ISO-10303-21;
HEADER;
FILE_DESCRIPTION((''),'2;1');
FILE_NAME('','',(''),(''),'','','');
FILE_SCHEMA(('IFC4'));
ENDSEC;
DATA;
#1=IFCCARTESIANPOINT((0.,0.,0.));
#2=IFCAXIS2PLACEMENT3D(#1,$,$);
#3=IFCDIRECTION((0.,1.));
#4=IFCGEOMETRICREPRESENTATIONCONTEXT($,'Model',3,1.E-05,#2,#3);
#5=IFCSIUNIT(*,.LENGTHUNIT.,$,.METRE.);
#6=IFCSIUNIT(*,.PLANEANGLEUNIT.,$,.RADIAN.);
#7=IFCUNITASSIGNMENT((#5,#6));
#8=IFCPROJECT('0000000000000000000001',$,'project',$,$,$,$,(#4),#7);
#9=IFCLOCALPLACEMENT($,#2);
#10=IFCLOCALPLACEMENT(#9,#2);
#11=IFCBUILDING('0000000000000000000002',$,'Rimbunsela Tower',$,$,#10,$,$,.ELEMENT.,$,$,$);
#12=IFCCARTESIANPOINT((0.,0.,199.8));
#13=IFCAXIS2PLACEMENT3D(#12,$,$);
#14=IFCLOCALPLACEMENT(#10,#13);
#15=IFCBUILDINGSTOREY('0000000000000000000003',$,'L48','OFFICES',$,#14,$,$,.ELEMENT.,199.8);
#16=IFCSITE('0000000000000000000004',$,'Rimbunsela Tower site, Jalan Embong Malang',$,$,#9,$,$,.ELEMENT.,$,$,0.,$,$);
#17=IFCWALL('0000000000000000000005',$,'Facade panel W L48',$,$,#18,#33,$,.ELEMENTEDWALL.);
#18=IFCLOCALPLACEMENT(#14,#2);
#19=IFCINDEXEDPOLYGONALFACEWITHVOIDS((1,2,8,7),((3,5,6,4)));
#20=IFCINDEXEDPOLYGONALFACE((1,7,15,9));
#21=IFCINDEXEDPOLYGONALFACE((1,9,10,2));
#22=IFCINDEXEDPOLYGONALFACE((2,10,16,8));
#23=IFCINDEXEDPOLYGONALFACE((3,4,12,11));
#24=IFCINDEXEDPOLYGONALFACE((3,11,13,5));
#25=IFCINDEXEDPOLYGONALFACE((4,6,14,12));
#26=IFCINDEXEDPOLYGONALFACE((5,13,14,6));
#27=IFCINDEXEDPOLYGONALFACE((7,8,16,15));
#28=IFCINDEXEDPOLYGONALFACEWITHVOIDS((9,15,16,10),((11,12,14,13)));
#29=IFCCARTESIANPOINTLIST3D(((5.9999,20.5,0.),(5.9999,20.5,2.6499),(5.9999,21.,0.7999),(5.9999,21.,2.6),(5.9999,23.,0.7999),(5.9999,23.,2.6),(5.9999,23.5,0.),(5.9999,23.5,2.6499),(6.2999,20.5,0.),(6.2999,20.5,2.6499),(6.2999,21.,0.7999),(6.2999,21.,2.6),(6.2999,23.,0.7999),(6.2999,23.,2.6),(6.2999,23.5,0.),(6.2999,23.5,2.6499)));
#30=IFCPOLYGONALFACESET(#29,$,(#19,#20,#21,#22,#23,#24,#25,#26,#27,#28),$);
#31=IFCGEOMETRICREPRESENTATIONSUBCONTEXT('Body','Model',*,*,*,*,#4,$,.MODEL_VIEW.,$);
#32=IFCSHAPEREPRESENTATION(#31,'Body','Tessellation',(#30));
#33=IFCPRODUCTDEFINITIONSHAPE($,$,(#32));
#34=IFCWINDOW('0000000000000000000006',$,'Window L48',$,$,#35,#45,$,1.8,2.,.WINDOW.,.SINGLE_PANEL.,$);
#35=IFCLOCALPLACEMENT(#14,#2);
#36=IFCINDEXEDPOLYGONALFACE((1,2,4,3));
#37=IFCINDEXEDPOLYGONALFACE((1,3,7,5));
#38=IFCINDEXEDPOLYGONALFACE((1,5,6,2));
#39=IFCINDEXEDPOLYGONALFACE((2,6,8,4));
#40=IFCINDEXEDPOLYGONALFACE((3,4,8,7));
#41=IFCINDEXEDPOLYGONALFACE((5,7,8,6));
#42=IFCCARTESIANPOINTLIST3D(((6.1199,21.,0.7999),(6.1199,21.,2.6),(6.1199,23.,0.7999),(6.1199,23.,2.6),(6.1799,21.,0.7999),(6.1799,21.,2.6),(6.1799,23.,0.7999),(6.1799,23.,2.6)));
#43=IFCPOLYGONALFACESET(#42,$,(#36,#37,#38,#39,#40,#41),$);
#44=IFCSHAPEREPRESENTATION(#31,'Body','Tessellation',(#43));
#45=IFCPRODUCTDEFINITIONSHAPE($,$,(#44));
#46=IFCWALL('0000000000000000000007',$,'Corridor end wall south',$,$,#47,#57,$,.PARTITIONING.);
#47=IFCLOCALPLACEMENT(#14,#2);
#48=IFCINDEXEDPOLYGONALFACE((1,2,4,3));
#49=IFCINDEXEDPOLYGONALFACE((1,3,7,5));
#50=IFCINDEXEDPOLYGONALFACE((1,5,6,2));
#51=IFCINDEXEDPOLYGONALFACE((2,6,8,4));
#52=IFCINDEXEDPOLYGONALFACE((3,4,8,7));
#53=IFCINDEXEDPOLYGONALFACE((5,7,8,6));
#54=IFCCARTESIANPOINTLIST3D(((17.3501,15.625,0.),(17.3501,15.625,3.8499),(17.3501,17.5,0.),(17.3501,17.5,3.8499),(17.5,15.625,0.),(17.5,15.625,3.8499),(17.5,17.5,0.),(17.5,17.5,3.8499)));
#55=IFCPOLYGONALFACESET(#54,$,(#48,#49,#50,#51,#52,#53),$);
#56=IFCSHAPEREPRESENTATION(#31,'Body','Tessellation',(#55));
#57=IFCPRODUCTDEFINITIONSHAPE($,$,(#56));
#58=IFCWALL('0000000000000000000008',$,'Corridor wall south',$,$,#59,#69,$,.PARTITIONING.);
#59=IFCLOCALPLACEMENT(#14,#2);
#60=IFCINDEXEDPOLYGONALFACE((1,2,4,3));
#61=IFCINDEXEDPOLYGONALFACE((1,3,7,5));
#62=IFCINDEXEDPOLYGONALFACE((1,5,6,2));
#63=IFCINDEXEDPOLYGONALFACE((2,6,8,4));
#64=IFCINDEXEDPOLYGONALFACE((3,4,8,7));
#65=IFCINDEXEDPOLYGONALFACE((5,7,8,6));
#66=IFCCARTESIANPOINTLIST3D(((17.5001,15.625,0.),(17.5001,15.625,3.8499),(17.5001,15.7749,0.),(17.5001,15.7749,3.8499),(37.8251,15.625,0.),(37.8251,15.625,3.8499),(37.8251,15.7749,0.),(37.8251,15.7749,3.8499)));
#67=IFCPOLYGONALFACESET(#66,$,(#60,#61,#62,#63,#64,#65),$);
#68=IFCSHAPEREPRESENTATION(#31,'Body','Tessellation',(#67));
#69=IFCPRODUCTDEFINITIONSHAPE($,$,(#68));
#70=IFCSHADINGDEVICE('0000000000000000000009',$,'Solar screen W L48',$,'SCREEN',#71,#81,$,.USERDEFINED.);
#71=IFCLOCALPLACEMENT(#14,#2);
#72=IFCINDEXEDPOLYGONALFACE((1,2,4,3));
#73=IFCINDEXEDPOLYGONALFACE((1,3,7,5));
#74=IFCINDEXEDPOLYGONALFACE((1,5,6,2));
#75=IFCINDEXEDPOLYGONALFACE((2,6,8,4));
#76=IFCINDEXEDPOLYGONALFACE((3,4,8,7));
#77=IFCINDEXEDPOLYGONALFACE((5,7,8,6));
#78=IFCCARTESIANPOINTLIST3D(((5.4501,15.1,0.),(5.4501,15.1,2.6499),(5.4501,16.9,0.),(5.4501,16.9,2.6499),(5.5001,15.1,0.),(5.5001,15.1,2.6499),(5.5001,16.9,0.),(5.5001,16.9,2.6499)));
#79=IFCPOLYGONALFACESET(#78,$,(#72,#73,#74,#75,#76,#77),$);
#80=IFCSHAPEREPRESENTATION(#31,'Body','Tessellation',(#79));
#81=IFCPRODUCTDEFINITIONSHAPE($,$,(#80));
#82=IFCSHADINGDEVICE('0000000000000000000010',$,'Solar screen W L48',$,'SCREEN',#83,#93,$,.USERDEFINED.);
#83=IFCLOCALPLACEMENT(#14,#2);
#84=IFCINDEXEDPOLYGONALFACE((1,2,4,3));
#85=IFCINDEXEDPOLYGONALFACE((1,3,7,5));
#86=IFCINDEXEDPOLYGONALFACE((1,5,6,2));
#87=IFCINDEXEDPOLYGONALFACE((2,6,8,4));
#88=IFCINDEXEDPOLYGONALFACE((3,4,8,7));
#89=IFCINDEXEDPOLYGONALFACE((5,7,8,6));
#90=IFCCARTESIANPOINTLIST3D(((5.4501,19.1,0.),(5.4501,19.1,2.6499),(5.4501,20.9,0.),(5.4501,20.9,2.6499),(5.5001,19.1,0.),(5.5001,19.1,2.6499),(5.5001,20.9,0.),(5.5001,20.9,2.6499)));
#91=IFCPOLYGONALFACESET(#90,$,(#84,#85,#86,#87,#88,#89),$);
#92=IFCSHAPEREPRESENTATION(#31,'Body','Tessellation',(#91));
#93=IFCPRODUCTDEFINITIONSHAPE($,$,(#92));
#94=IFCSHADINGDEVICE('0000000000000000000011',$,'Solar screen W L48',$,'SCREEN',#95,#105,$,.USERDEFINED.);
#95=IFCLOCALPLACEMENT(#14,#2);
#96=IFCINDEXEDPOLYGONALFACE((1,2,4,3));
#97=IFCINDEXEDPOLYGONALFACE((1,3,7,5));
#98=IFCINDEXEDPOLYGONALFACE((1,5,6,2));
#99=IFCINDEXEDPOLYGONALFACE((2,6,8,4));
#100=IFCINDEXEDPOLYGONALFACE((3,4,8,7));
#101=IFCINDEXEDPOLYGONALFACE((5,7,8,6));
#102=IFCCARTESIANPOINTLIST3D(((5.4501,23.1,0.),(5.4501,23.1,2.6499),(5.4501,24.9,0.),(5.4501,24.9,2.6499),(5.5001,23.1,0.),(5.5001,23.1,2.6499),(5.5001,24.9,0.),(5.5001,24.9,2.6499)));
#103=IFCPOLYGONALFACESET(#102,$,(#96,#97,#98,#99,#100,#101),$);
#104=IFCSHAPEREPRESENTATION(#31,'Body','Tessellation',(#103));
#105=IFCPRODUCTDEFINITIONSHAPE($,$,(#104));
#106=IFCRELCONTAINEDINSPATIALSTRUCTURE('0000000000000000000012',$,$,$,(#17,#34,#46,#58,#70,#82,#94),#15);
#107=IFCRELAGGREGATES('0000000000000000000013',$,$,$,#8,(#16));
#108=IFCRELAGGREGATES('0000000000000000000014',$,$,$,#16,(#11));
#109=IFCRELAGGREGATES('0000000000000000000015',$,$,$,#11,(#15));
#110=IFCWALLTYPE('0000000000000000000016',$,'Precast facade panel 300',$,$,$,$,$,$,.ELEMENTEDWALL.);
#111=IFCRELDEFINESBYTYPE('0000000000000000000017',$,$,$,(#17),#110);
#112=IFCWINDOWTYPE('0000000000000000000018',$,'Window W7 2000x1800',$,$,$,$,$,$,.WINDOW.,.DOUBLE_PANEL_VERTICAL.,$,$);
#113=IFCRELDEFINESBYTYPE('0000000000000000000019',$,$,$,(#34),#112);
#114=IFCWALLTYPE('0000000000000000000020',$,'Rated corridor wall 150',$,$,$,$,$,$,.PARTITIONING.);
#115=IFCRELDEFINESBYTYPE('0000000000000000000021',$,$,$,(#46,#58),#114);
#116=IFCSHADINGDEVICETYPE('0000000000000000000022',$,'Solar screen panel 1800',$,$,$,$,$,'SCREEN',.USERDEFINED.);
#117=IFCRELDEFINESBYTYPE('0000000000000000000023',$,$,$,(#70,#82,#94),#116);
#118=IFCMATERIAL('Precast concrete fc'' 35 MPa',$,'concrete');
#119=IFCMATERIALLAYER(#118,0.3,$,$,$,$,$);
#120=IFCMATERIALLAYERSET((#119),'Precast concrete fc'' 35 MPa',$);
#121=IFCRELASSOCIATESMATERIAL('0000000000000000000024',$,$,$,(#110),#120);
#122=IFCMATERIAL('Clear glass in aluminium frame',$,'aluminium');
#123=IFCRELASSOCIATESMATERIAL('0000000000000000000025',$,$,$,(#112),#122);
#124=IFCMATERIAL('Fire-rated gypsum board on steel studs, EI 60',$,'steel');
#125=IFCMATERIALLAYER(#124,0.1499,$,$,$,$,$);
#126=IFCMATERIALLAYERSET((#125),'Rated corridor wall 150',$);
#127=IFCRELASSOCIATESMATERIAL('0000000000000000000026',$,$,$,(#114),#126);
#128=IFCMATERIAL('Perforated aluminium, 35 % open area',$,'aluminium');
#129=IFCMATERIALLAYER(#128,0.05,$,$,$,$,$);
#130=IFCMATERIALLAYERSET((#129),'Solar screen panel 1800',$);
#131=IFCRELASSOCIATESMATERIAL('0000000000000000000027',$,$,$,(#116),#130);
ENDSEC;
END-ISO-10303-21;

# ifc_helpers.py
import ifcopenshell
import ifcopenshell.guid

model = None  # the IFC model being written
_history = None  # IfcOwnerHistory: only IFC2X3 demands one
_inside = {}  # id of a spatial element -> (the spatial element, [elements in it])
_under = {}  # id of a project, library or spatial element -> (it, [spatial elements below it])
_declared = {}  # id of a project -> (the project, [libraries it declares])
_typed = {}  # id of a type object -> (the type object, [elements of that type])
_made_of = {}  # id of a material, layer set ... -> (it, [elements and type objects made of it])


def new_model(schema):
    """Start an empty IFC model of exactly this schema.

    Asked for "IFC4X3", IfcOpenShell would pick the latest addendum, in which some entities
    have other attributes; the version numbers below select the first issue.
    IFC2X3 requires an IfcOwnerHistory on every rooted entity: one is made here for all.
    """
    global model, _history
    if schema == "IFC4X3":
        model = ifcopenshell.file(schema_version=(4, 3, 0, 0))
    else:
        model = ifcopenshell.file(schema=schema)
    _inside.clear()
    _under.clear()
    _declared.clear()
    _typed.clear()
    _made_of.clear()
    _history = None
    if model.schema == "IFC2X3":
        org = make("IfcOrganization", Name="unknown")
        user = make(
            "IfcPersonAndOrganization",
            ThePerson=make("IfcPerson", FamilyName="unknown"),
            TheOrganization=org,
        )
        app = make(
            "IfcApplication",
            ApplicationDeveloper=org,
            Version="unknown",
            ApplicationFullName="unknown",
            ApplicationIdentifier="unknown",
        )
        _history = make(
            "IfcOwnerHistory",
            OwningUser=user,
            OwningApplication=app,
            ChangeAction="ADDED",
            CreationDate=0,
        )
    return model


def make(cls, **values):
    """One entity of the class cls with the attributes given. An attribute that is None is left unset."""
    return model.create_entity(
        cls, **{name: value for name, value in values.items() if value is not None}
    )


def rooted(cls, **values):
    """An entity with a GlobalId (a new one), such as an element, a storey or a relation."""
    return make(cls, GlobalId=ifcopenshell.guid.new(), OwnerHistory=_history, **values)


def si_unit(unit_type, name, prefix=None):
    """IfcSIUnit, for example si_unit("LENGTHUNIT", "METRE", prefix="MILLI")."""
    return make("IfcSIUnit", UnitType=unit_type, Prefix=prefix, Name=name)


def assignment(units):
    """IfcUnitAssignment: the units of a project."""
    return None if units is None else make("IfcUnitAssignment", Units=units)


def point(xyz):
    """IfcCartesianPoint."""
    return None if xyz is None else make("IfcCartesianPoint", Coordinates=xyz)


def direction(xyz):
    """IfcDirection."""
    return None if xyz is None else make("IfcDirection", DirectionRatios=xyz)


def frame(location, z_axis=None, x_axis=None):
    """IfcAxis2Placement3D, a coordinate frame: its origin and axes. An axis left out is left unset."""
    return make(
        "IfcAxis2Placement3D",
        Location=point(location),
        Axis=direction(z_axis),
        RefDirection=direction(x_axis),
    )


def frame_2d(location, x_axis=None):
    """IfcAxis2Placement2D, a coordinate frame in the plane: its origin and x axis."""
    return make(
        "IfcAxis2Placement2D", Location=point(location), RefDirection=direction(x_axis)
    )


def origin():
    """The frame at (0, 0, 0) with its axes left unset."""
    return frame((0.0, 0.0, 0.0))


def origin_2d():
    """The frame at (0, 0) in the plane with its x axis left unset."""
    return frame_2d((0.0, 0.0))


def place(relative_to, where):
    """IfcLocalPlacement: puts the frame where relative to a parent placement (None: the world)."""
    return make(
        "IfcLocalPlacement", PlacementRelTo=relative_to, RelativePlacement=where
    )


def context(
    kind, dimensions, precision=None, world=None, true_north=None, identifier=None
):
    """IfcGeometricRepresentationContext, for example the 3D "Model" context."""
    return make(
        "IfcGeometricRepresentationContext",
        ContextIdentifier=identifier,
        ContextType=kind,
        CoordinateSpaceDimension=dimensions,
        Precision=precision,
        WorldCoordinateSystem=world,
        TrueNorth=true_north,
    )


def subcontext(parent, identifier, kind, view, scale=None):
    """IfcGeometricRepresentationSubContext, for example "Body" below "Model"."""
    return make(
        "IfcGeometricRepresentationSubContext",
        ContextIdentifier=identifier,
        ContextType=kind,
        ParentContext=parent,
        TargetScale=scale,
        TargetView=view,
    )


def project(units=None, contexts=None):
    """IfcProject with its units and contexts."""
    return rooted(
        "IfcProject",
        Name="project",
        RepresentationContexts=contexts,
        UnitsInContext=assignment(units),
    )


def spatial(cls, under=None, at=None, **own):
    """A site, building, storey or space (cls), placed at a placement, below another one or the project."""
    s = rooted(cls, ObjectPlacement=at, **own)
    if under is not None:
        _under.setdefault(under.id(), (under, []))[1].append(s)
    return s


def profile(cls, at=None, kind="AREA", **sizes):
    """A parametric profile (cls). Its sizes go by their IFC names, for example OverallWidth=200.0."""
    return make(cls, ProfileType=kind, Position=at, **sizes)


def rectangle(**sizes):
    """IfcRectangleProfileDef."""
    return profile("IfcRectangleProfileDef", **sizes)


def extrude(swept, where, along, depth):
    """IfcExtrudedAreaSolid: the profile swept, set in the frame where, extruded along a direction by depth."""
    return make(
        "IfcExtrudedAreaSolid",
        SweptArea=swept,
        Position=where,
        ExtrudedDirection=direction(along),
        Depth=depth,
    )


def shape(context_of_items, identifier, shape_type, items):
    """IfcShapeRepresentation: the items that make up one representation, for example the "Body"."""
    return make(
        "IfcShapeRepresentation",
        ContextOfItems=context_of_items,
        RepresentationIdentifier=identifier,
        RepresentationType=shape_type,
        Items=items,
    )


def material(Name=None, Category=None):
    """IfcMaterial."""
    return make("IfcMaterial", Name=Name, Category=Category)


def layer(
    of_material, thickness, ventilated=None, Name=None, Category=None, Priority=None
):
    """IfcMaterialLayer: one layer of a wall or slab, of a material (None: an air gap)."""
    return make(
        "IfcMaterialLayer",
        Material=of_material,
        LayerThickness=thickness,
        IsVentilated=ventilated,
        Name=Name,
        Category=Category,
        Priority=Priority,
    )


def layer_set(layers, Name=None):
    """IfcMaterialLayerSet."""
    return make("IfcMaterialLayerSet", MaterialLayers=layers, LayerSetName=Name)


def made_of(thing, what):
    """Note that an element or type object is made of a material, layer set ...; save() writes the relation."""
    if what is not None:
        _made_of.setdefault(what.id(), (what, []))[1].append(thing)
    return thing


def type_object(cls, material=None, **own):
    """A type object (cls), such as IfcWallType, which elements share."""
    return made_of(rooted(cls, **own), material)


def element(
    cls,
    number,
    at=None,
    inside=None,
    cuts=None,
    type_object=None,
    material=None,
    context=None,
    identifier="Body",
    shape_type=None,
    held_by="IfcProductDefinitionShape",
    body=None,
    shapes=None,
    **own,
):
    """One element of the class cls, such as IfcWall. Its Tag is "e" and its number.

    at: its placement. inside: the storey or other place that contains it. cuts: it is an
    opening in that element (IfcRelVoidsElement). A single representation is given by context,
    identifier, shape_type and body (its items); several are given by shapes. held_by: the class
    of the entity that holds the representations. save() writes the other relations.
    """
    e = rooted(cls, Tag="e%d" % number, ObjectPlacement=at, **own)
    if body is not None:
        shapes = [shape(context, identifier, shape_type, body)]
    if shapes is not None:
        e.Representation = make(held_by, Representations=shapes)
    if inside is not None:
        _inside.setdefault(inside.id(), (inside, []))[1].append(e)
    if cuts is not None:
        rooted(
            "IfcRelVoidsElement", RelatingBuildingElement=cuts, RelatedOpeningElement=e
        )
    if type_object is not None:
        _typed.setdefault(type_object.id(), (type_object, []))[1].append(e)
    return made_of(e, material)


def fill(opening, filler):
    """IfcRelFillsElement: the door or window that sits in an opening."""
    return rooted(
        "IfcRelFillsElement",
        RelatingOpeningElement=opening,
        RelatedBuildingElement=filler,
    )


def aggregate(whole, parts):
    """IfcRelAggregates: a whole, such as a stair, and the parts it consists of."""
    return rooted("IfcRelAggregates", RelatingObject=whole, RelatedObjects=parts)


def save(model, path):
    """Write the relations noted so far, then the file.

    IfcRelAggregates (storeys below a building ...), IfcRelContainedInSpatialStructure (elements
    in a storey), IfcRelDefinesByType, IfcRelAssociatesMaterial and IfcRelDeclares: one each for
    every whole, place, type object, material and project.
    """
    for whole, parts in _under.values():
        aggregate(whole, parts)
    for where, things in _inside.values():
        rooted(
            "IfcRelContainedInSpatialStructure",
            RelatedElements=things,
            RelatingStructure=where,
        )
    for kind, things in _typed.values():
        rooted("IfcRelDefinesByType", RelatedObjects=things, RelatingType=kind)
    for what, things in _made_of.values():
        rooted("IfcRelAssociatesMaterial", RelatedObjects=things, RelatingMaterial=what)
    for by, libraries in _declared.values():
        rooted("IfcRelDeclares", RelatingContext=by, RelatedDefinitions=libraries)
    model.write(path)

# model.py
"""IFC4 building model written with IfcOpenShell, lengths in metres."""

from ifc_helpers import new_model, si_unit, direction, frame, frame_2d, origin, origin_2d, place, context, subcontext, project, spatial, rectangle, extrude, material, layer, layer_set, type_object, element, fill, save


model = new_model("IFC4")

# Units and contexts
model_context = context("Model", 3, precision=1e-05, world=origin(), true_north=direction((0.0, 1.0)))
body_context = subcontext(model_context, "Body", "Model", "MODEL_VIEW")
ifc_project = project(units=[si_unit("LENGTHUNIT", "METRE"), si_unit("PLANEANGLEUNIT", "RADIAN")], contexts=[model_context])

# Site, building, storey
site_placement = place(None, origin())
site = spatial("IfcSite", under=ifc_project, at=site_placement, Name="Rimbunsela Tower site, Jalan Embong Malang", CompositionType="ELEMENT", RefElevation=0.0)
building_placement = place(site_placement, origin())
building = spatial("IfcBuilding", under=site, at=building_placement, Name="Rimbunsela Tower", CompositionType="ELEMENT")
storey_placement = place(building_placement, frame((0.0, 0.0, 199.8)))
storey = spatial("IfcBuildingStorey", under=building, at=storey_placement, Name="L48", Description="OFFICES", CompositionType="ELEMENT", Elevation=199.8)

# Wall, opening, window
ifc_material_1 = material(Name="Precast concrete fc' 35 MPa", Category="concrete")
ifc_layer_1 = layer(ifc_material_1, 0.3)
ifc_layer_set_1 = layer_set([ifc_layer_1], Name="Precast concrete fc' 35 MPa")
wall_type_1 = type_object("IfcWallType", Name="Precast facade panel 300", PredefinedType="ELEMENTEDWALL", material=ifc_layer_set_1)
ifc_material_2 = material(Name="Clear glass in aluminium frame", Category="aluminium")
window_type = type_object("IfcWindowType", Name="Window W7 2000x1800", PartitioningType="DOUBLE_PANEL_VERTICAL", PredefinedType="WINDOW", material=ifc_material_2)
wall_1_placement = place(storey_placement, frame((6.1499, 23.5, 0.0), z_axis=(0.0, 0.0, 1.0), x_axis=(0.0, -1.0, 0.0)))
wall_1 = element("IfcWall", 1, at=wall_1_placement, inside=storey, type_object=wall_type_1, Name="Facade panel W L48", PredefinedType="ELEMENTEDWALL", context=body_context, shape_type="SweptSolid", body=[
    extrude(rectangle(XDim=3.0, YDim=0.3, at=frame_2d((1.5, 0.0))), origin(), (0.0, 0.0, 1.0), 2.6499),
])
opening_1_placement = place(wall_1_placement, frame((0.5, 0.0, 0.8)))
opening_1 = element("IfcOpeningElement", 2, at=opening_1_placement, cuts=wall_1, PredefinedType="OPENING", context=body_context, shape_type="SweptSolid", body=[
    extrude(rectangle(XDim=2.0, YDim=1.8, at=frame_2d((1.0, 0.8999))), frame((0.0, 0.1599, 0.0), z_axis=(0.0, -1.0, 0.0), x_axis=(1.0, 0.0, 0.0)), (0.0, 0.0, 1.0), 0.3201),
])
window_1_placement = place(opening_1_placement, origin())
window_1 = element("IfcWindow", 3, at=window_1_placement, inside=storey, type_object=window_type, Name="Window L48", OverallHeight=1.8, OverallWidth=2.0, PartitioningType="SINGLE_PANEL", PredefinedType="WINDOW", context=body_context, shape_type="SweptSolid", body=[
    extrude(rectangle(XDim=2.0, YDim=1.8, at=frame_2d((1.0, 0.8999))), frame((0.0, 0.03, 0.0), z_axis=(0.0, -1.0, 0.0), x_axis=(1.0, 0.0, 0.0)), (0.0, 0.0, 1.0), 0.0601),
])
fill(opening_1, window_1)

# Walls
ifc_material_3 = material(Name="Fire-rated gypsum board on steel studs, EI 60", Category="steel")
ifc_layer_2 = layer(ifc_material_3, 0.1499)
ifc_layer_set_2 = layer_set([ifc_layer_2], Name="Rated corridor wall 150")
wall_type_2 = type_object("IfcWallType", Name="Rated corridor wall 150", PredefinedType="PARTITIONING", material=ifc_layer_set_2)
wall_2_placement = place(storey_placement, frame((17.425, 15.625, 0.0), z_axis=(0.0, 0.0, 1.0), x_axis=(0.0, 1.0, 0.0)))
element("IfcWall", 4, at=wall_2_placement, inside=storey, type_object=wall_type_2, Name="Corridor end wall south", PredefinedType="PARTITIONING", context=body_context, shape_type="SweptSolid", body=[
    extrude(rectangle(XDim=1.875, YDim=0.1499, at=frame_2d((0.9375, 0.0))), origin(), (0.0, 0.0, 1.0), 3.8499),
])
wall_3_placement = place(storey_placement, frame((17.5, 15.7, 0.0), z_axis=(0.0, 0.0, 1.0), x_axis=(1.0, 0.0, 0.0)))
element("IfcWall", 5, at=wall_3_placement, inside=storey, type_object=wall_type_2, Name="Corridor wall south", PredefinedType="PARTITIONING", context=body_context, shape_type="SweptSolid", body=[
    extrude(rectangle(XDim=20.325, YDim=0.1499, at=frame_2d((10.1626, 0.0))), origin(), (0.0, 0.0, 1.0), 3.8499),
])

# Shading devices
ifc_material_4 = material(Name="Perforated aluminium, 35 % open area", Category="aluminium")
ifc_layer_3 = layer(ifc_material_4, 0.05)
ifc_layer_set_3 = layer_set([ifc_layer_3], Name="Solar screen panel 1800")
shading_device_type = type_object("IfcShadingDeviceType", Name="Solar screen panel 1800", ElementType="SCREEN", PredefinedType="USERDEFINED", material=ifc_layer_set_3)
for number, where, z_axis, x_axis, name in (
    (6, (5.4751, 16.0, 0.0), (0.0, 0.0, 1.0), (0.0, 1.0, 0.0), "Solar screen W L48"),
    (7, (5.4751, 20.0, 0.0), (0.0, 0.0, 1.0), (0.0, 1.0, 0.0), "Solar screen W L48"),
    (8, (5.4751, 24.0, 0.0), (0.0, 0.0, 1.0), (0.0, 1.0, 0.0), "Solar screen W L48"),
):
    element("IfcShadingDevice", number, at=place(storey_placement, frame(where, z_axis=z_axis, x_axis=x_axis)), inside=storey, type_object=shading_device_type, Name=name, ObjectType="SCREEN", PredefinedType="USERDEFINED", context=body_context, shape_type="SweptSolid", body=[
        extrude(rectangle(XDim=1.8, YDim=0.05, at=origin_2d()), origin(), (0.0, 0.0, 1.0), 2.6499),
    ])

save(model, "model.ifc")
